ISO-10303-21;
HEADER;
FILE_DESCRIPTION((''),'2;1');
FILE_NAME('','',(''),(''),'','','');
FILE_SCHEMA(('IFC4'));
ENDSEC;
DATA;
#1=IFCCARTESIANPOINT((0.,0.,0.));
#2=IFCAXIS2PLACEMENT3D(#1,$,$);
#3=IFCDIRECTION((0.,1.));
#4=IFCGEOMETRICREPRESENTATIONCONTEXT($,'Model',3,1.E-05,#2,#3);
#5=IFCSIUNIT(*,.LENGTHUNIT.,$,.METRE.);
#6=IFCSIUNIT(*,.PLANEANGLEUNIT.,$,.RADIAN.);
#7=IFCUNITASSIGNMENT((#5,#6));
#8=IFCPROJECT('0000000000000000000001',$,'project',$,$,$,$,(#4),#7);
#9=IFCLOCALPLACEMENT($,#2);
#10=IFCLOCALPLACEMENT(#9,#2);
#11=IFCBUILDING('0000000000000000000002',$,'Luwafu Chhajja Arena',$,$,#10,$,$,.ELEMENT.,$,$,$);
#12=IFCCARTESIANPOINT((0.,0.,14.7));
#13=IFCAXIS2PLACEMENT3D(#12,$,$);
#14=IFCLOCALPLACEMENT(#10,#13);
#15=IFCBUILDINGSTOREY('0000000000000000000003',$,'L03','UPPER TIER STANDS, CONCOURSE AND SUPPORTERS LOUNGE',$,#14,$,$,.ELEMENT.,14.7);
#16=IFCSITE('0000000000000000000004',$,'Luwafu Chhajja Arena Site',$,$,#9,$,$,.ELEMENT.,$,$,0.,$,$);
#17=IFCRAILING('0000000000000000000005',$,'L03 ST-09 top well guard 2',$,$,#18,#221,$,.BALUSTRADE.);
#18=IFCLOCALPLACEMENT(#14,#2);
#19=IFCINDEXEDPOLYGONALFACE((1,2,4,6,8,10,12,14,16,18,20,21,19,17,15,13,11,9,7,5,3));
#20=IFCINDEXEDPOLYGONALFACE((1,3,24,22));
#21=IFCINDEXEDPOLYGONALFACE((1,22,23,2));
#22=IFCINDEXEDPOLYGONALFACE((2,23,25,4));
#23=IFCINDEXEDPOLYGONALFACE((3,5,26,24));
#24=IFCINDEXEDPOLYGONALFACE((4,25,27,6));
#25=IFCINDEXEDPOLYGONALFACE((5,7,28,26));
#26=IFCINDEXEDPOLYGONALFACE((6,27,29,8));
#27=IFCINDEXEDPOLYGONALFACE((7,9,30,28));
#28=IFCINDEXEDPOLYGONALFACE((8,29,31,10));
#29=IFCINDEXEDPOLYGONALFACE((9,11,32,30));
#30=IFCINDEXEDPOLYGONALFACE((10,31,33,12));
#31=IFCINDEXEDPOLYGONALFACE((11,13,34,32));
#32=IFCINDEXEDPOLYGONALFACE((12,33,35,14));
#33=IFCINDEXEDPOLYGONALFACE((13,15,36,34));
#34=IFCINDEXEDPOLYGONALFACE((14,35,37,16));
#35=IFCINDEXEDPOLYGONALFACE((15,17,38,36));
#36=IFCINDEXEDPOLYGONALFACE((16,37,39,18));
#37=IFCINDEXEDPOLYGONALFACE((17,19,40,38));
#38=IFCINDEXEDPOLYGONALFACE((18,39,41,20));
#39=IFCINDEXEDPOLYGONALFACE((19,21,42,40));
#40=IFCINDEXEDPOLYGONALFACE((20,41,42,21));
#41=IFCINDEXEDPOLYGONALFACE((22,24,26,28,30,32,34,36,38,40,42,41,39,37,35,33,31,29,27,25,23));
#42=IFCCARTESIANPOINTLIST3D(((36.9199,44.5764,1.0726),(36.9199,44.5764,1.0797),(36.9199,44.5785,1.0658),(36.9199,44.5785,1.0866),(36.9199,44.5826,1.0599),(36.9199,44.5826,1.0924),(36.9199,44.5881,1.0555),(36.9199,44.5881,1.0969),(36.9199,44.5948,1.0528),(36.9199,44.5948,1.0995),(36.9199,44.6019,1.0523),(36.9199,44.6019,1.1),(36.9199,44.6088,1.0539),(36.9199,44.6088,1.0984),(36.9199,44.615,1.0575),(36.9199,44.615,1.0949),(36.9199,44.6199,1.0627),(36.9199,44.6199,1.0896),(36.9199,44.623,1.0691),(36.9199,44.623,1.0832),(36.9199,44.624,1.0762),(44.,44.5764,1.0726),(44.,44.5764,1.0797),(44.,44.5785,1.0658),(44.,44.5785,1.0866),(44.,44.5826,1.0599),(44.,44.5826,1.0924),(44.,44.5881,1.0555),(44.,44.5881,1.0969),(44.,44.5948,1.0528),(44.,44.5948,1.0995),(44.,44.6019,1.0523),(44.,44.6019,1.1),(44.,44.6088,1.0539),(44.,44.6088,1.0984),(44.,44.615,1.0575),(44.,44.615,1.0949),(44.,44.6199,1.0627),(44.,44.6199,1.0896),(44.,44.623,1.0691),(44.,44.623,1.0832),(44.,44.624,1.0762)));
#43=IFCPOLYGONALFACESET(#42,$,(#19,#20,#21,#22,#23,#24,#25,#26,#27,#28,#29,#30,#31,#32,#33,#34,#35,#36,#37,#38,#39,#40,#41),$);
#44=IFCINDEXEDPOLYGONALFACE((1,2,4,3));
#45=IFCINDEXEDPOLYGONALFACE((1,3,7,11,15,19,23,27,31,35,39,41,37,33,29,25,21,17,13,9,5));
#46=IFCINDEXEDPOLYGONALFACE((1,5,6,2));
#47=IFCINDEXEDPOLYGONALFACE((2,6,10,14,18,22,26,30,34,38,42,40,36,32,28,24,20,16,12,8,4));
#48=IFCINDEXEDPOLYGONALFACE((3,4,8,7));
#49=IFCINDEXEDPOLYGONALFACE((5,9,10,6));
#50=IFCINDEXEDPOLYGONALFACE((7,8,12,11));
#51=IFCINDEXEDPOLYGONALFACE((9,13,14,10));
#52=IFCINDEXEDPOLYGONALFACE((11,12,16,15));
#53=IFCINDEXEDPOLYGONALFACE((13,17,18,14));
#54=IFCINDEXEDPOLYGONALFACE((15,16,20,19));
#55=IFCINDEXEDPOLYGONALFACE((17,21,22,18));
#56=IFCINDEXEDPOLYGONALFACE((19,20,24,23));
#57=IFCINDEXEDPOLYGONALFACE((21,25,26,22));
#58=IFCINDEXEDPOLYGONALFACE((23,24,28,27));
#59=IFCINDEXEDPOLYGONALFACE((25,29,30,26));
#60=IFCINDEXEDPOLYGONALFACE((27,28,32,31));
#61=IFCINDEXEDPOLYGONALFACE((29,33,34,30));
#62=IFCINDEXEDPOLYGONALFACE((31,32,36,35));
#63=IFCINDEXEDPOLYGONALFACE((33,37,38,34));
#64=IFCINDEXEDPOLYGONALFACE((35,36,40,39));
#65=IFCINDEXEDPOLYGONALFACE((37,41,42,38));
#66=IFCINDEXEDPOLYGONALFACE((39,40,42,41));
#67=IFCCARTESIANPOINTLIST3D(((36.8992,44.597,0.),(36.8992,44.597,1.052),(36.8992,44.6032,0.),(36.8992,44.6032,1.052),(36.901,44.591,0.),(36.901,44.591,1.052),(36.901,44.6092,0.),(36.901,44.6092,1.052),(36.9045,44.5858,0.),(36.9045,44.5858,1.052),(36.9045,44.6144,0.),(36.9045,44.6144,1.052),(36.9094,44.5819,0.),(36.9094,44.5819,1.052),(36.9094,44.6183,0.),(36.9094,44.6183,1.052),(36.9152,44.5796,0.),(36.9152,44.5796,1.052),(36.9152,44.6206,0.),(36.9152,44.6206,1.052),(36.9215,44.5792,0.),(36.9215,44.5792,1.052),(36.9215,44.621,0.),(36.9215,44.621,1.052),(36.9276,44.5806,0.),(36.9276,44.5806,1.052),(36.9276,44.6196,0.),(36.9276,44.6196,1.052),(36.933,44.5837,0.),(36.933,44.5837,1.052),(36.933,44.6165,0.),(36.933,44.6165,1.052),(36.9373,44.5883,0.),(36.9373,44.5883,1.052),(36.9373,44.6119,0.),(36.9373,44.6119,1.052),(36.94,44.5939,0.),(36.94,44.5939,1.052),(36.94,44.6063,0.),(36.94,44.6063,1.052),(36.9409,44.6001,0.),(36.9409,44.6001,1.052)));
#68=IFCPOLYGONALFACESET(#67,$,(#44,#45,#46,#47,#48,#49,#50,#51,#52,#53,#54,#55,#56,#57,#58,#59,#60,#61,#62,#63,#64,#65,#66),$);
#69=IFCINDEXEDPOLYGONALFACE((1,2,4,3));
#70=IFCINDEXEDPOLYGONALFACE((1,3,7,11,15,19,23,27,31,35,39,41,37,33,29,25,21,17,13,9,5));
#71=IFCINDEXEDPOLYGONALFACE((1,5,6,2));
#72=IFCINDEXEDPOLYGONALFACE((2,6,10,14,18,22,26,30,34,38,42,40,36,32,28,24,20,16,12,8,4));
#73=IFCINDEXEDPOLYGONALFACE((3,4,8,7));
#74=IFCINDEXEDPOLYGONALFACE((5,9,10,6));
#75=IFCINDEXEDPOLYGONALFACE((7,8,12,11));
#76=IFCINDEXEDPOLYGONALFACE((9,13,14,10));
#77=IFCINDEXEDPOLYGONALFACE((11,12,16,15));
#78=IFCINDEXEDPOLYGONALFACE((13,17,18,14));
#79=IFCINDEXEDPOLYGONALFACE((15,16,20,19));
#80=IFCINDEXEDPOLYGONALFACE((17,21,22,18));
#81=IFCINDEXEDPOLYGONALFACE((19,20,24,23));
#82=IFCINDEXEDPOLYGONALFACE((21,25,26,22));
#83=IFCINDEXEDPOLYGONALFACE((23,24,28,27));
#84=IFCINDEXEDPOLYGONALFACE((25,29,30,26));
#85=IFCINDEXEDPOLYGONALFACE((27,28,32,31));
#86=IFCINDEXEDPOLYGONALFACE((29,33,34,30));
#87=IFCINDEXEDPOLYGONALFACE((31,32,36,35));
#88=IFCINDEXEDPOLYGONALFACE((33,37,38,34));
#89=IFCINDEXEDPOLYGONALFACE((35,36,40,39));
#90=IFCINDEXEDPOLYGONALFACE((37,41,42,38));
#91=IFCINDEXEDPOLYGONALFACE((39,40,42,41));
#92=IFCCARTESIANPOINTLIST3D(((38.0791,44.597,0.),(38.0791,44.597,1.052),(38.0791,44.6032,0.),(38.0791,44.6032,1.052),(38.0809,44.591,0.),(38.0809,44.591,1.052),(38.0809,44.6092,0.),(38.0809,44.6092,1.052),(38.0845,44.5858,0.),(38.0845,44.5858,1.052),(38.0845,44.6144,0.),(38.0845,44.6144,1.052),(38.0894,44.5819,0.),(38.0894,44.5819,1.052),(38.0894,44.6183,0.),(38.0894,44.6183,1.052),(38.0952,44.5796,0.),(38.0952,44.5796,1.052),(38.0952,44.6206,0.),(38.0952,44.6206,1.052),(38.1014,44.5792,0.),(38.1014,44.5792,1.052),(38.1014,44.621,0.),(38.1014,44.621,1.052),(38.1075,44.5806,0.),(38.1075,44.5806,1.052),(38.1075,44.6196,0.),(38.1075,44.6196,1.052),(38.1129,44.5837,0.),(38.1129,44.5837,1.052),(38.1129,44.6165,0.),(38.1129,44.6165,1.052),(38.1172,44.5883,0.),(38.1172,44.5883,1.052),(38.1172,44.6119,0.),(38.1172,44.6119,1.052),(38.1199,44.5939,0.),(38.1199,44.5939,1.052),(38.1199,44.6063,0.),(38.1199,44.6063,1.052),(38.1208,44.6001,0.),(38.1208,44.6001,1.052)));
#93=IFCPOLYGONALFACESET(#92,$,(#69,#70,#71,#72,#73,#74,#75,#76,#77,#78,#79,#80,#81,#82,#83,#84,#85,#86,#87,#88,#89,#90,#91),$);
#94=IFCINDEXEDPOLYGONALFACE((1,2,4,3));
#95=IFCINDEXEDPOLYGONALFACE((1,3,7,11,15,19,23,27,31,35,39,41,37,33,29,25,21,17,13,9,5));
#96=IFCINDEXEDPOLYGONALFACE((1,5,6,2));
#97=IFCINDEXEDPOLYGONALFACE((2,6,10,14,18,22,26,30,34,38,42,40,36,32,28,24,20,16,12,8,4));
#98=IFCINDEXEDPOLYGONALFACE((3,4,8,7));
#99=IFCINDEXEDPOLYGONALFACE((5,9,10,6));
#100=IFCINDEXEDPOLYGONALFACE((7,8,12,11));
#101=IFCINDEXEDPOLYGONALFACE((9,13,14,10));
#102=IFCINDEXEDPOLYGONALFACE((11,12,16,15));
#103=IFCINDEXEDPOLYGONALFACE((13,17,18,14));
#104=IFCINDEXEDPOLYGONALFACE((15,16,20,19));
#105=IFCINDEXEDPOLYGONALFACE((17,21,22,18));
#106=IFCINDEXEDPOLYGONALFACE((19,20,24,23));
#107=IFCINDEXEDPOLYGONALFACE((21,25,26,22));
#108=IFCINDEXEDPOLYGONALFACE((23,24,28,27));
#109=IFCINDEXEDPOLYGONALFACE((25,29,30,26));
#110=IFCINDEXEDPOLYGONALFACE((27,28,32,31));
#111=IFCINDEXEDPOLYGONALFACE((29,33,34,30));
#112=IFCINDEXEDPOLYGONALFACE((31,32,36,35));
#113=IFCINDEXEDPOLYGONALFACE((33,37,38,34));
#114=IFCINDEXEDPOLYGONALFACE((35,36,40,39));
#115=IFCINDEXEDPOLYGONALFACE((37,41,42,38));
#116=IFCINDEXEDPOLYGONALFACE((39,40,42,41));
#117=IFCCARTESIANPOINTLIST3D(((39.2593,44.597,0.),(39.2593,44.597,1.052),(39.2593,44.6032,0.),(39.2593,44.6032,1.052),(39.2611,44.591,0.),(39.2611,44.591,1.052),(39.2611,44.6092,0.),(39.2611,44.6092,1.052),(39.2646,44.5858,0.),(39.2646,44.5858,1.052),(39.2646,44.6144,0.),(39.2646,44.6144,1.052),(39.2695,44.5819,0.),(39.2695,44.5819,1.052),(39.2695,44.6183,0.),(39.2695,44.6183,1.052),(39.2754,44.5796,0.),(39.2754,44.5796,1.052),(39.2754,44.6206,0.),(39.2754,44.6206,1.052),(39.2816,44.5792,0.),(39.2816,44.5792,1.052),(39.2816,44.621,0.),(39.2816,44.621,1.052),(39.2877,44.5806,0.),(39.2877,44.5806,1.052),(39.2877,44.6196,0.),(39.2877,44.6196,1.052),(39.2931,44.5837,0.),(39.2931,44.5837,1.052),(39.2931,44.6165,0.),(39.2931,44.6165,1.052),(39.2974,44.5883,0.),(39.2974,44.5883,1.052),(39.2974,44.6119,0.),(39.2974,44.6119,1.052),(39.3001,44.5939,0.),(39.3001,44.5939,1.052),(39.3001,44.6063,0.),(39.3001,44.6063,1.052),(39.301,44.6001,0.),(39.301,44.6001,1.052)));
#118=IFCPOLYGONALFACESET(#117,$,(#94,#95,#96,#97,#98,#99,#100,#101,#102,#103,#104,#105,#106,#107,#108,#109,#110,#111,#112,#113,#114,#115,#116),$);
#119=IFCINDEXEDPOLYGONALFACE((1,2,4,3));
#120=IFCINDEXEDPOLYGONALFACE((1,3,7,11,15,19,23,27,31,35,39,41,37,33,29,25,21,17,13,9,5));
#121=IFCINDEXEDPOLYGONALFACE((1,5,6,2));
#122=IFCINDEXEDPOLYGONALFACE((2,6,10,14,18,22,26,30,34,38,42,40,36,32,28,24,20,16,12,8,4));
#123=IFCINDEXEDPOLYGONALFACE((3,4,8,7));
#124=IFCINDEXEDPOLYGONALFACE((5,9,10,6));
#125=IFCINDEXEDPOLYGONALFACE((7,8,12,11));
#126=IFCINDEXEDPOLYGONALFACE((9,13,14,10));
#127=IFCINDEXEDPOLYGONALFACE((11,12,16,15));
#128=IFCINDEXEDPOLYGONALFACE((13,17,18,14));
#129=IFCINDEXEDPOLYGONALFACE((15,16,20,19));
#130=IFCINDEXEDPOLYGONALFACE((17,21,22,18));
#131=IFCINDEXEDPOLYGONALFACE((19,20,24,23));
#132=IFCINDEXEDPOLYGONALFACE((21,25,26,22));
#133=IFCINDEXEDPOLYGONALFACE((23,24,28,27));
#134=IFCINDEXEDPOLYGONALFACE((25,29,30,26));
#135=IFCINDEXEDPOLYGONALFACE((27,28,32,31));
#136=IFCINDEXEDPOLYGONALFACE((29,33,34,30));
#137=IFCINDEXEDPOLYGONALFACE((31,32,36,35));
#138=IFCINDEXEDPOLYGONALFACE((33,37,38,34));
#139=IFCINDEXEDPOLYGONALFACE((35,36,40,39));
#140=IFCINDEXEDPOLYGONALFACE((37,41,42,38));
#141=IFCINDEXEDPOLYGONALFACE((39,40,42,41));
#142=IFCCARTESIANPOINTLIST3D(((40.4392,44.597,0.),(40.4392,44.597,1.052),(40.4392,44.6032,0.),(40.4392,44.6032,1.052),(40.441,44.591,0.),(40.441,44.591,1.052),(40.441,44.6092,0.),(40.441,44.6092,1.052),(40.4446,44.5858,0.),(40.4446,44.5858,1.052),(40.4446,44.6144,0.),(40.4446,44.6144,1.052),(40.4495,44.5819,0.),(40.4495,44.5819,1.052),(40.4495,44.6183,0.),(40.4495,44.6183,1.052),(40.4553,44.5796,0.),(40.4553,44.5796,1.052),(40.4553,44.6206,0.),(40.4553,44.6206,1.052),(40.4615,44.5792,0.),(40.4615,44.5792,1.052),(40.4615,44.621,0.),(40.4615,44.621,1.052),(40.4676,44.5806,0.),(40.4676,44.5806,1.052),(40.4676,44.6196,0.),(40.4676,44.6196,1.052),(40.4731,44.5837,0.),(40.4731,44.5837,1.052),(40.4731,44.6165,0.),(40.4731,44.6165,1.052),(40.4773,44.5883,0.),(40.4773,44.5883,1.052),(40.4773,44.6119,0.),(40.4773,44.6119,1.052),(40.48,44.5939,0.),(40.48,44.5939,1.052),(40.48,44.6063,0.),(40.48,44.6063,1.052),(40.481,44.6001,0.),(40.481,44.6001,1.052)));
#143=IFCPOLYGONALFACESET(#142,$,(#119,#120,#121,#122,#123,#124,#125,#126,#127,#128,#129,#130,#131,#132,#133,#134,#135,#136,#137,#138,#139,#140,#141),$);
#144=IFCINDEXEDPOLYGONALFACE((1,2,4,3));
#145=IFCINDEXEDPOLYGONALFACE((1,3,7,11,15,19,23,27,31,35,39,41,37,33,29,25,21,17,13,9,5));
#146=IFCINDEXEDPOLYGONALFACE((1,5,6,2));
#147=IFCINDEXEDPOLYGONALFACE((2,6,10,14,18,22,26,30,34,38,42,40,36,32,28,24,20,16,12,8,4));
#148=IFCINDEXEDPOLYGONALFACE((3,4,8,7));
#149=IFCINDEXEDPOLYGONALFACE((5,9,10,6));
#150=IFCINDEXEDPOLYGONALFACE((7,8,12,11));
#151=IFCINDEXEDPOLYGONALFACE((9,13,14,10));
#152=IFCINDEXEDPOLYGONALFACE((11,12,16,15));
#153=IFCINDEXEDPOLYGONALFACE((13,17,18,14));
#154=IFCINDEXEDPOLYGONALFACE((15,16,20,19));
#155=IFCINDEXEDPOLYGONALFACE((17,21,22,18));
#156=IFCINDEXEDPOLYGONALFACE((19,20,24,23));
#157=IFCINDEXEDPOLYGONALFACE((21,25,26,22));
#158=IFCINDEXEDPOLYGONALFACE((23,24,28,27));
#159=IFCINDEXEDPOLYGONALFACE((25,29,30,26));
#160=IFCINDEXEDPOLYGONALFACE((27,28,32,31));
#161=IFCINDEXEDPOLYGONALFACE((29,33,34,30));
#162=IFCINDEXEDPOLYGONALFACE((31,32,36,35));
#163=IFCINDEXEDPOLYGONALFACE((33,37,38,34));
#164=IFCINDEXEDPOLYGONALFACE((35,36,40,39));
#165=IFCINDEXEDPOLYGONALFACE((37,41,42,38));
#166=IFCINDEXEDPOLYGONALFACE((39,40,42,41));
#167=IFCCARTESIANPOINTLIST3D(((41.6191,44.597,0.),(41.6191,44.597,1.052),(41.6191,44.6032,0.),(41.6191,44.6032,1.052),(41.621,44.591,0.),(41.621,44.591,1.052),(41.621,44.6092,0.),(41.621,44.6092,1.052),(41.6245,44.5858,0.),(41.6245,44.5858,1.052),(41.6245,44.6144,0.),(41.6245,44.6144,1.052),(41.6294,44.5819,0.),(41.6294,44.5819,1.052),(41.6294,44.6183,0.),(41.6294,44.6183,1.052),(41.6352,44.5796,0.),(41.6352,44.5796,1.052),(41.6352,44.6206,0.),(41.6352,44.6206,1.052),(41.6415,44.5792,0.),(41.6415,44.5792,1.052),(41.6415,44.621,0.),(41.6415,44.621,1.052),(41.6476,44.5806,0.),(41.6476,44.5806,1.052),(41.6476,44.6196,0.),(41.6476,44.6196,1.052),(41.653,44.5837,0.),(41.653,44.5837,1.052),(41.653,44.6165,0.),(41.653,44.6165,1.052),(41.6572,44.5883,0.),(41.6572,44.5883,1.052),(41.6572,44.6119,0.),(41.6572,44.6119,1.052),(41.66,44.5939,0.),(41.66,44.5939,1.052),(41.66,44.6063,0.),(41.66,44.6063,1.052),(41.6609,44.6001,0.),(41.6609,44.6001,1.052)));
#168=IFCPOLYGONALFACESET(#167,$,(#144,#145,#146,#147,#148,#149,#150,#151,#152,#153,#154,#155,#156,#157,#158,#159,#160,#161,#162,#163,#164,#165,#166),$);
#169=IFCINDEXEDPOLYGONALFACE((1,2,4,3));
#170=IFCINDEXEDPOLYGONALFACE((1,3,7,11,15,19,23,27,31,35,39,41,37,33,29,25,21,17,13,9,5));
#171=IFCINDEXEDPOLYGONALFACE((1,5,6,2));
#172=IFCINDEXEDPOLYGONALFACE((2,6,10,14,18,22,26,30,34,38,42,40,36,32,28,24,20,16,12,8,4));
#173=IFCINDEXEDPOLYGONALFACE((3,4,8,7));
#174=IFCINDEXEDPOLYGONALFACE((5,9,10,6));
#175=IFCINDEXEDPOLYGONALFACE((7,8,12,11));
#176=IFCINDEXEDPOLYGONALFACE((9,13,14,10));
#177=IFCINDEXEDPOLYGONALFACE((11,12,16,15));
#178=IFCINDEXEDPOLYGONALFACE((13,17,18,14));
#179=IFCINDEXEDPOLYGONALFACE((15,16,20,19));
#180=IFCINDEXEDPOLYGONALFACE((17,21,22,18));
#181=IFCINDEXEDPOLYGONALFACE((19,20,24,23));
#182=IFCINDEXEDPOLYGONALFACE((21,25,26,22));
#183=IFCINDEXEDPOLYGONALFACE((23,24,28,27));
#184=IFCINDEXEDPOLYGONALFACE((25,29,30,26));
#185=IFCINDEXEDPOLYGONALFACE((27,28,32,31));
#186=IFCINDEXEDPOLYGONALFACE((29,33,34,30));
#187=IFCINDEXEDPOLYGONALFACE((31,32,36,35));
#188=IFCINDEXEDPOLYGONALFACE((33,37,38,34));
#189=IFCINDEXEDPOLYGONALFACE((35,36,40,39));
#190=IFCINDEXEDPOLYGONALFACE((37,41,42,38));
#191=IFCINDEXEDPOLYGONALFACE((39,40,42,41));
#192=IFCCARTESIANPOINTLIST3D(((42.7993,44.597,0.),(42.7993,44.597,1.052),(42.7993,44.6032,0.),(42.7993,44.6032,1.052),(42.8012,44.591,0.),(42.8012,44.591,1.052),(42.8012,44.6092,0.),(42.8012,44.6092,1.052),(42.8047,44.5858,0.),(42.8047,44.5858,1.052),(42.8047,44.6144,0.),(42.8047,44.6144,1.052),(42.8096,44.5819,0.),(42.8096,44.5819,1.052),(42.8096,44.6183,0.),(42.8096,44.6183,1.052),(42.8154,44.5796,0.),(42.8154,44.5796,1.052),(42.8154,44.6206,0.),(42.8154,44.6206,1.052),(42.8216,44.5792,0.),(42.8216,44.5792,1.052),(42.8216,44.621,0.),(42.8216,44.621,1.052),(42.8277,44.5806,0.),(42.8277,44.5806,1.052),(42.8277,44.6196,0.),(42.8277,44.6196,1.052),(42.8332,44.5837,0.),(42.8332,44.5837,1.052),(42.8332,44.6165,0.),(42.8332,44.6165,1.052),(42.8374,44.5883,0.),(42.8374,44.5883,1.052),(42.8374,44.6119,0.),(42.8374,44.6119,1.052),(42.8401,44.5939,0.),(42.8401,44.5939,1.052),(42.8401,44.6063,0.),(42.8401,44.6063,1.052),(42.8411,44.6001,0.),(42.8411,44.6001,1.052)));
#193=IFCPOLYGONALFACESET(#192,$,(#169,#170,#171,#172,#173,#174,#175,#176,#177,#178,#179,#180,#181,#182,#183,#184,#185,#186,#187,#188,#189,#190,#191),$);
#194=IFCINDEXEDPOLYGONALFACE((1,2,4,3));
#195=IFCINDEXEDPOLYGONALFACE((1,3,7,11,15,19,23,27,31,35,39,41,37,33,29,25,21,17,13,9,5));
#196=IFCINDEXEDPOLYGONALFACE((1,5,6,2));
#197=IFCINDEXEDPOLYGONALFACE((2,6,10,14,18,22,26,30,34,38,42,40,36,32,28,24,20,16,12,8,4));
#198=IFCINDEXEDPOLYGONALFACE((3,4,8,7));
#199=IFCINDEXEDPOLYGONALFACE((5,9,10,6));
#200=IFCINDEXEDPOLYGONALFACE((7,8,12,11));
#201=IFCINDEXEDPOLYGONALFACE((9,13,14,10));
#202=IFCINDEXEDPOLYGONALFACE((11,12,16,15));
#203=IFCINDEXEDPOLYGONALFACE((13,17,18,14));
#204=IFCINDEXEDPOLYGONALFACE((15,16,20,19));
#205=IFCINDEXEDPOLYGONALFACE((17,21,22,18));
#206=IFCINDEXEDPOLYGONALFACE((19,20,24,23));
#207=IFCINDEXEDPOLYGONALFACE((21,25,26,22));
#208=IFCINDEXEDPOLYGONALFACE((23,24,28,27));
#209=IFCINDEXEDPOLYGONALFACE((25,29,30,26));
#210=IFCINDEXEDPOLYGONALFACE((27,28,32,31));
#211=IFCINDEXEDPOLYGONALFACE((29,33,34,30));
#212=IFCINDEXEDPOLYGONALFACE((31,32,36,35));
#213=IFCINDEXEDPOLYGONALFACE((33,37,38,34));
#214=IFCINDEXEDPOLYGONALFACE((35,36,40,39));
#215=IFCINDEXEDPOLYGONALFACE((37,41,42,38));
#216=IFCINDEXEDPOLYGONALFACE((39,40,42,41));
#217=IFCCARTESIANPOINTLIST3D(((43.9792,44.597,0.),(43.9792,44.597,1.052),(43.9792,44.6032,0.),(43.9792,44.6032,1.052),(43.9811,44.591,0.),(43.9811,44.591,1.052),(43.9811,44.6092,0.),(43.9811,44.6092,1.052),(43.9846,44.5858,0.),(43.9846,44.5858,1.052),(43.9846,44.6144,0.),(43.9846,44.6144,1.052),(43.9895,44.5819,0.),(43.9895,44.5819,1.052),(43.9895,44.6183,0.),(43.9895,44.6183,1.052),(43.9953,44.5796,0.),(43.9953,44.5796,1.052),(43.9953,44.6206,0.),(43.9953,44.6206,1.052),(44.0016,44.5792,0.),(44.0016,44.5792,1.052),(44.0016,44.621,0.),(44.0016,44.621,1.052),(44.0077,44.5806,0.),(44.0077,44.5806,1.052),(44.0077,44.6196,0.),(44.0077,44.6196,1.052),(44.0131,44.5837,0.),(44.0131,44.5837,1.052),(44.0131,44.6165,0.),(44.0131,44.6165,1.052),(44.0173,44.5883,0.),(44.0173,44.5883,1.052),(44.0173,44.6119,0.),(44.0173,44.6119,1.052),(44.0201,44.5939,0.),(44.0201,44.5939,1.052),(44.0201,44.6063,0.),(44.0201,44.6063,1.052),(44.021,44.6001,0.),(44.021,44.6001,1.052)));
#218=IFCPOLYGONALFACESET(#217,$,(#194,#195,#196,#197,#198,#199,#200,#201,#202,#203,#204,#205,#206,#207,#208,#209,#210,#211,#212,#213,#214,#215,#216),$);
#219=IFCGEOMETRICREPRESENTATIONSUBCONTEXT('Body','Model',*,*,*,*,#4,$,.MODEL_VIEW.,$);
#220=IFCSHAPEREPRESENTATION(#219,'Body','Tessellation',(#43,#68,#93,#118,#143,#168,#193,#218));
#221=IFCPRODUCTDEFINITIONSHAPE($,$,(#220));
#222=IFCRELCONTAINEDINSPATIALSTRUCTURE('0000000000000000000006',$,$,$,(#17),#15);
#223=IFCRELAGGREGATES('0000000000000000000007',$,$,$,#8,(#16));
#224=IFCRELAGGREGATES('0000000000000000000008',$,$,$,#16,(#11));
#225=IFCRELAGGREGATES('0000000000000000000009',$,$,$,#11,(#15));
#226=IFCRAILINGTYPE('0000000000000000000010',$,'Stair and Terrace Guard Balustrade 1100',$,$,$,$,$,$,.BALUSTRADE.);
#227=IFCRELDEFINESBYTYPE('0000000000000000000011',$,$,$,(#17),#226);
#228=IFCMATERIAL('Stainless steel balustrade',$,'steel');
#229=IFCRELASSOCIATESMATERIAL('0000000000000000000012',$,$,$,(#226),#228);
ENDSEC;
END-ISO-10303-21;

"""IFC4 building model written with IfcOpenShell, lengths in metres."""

from ifc_helpers import new_model, si_unit, direction, frame, origin, origin_2d, place, context, subcontext, project, spatial, circle, extrude, material, type_object, element, save


model = new_model("IFC4")

# Units and contexts
model_context = context("Model", 3, precision=1e-05, world=origin(), true_north=direction((0.0, 1.0)))
body_context = subcontext(model_context, "Body", "Model", "MODEL_VIEW")
ifc_project = project(units=[si_unit("LENGTHUNIT", "METRE"), si_unit("PLANEANGLEUNIT", "RADIAN")], contexts=[model_context])

# Site, building, storey
site_placement = place(None, origin())
site = spatial("IfcSite", under=ifc_project, at=site_placement, Name="Luwafu Chhajja Arena Site", CompositionType="ELEMENT", RefElevation=0.0)
building_placement = place(site_placement, origin())
building = spatial("IfcBuilding", under=site, at=building_placement, Name="Luwafu Chhajja Arena", CompositionType="ELEMENT")
storey_placement = place(building_placement, frame((0.0, 0.0, 14.7)))
storey = spatial("IfcBuildingStorey", under=building, at=storey_placement, Name="L03", Description="UPPER TIER STANDS, CONCOURSE AND SUPPORTERS LOUNGE", CompositionType="ELEMENT", Elevation=14.7)

# Railing
ifc_material_1 = material(Name="Stainless steel balustrade", Category="steel")
railing_type = type_object("IfcRailingType", Name="Stair and Terrace Guard Balustrade 1100", PredefinedType="BALUSTRADE", material=ifc_material_1)
for number, where, name in (
    (1, (36.9199, 44.6001, 0.0), "L03 ST-09 top well guard 2"),
):
    element("IfcRailing", number, at=place(storey_placement, frame(where)), inside=storey, type_object=railing_type, Name=name, PredefinedType="BALUSTRADE", context=body_context, shape_type="SweptSolid", body=[
        extrude(circle(Radius=0.0239, at=origin_2d()), frame((0.0, 0.0, 1.0762), z_axis=(1.0, 0.0, 0.0), x_axis=(0.0, 1.0, 0.0)), (0.0, 0.0, 1.0), 7.0801),
        extrude(circle(Radius=0.021, at=origin_2d()), origin(), (0.0, 0.0, 1.0), 1.052),
        extrude(circle(Radius=0.021, at=origin_2d()), frame((1.1799, 0.0, 0.0)), (0.0, 0.0, 1.0), 1.052),
        extrude(circle(Radius=0.021, at=origin_2d()), frame((2.3601, 0.0, 0.0)), (0.0, 0.0, 1.0), 1.052),
        extrude(circle(Radius=0.021, at=origin_2d()), frame((3.54, 0.0, 0.0)), (0.0, 0.0, 1.0), 1.052),
        extrude(circle(Radius=0.021, at=origin_2d()), frame((4.72, 0.0, 0.0)), (0.0, 0.0, 1.0), 1.052),
        extrude(circle(Radius=0.021, at=origin_2d()), frame((5.9001, 0.0, 0.0)), (0.0, 0.0, 1.0), 1.052),
        extrude(circle(Radius=0.021, at=origin_2d()), frame((7.0801, 0.0, 0.0)), (0.0, 0.0, 1.0), 1.052),
    ])

save(model, "model.ifc")
